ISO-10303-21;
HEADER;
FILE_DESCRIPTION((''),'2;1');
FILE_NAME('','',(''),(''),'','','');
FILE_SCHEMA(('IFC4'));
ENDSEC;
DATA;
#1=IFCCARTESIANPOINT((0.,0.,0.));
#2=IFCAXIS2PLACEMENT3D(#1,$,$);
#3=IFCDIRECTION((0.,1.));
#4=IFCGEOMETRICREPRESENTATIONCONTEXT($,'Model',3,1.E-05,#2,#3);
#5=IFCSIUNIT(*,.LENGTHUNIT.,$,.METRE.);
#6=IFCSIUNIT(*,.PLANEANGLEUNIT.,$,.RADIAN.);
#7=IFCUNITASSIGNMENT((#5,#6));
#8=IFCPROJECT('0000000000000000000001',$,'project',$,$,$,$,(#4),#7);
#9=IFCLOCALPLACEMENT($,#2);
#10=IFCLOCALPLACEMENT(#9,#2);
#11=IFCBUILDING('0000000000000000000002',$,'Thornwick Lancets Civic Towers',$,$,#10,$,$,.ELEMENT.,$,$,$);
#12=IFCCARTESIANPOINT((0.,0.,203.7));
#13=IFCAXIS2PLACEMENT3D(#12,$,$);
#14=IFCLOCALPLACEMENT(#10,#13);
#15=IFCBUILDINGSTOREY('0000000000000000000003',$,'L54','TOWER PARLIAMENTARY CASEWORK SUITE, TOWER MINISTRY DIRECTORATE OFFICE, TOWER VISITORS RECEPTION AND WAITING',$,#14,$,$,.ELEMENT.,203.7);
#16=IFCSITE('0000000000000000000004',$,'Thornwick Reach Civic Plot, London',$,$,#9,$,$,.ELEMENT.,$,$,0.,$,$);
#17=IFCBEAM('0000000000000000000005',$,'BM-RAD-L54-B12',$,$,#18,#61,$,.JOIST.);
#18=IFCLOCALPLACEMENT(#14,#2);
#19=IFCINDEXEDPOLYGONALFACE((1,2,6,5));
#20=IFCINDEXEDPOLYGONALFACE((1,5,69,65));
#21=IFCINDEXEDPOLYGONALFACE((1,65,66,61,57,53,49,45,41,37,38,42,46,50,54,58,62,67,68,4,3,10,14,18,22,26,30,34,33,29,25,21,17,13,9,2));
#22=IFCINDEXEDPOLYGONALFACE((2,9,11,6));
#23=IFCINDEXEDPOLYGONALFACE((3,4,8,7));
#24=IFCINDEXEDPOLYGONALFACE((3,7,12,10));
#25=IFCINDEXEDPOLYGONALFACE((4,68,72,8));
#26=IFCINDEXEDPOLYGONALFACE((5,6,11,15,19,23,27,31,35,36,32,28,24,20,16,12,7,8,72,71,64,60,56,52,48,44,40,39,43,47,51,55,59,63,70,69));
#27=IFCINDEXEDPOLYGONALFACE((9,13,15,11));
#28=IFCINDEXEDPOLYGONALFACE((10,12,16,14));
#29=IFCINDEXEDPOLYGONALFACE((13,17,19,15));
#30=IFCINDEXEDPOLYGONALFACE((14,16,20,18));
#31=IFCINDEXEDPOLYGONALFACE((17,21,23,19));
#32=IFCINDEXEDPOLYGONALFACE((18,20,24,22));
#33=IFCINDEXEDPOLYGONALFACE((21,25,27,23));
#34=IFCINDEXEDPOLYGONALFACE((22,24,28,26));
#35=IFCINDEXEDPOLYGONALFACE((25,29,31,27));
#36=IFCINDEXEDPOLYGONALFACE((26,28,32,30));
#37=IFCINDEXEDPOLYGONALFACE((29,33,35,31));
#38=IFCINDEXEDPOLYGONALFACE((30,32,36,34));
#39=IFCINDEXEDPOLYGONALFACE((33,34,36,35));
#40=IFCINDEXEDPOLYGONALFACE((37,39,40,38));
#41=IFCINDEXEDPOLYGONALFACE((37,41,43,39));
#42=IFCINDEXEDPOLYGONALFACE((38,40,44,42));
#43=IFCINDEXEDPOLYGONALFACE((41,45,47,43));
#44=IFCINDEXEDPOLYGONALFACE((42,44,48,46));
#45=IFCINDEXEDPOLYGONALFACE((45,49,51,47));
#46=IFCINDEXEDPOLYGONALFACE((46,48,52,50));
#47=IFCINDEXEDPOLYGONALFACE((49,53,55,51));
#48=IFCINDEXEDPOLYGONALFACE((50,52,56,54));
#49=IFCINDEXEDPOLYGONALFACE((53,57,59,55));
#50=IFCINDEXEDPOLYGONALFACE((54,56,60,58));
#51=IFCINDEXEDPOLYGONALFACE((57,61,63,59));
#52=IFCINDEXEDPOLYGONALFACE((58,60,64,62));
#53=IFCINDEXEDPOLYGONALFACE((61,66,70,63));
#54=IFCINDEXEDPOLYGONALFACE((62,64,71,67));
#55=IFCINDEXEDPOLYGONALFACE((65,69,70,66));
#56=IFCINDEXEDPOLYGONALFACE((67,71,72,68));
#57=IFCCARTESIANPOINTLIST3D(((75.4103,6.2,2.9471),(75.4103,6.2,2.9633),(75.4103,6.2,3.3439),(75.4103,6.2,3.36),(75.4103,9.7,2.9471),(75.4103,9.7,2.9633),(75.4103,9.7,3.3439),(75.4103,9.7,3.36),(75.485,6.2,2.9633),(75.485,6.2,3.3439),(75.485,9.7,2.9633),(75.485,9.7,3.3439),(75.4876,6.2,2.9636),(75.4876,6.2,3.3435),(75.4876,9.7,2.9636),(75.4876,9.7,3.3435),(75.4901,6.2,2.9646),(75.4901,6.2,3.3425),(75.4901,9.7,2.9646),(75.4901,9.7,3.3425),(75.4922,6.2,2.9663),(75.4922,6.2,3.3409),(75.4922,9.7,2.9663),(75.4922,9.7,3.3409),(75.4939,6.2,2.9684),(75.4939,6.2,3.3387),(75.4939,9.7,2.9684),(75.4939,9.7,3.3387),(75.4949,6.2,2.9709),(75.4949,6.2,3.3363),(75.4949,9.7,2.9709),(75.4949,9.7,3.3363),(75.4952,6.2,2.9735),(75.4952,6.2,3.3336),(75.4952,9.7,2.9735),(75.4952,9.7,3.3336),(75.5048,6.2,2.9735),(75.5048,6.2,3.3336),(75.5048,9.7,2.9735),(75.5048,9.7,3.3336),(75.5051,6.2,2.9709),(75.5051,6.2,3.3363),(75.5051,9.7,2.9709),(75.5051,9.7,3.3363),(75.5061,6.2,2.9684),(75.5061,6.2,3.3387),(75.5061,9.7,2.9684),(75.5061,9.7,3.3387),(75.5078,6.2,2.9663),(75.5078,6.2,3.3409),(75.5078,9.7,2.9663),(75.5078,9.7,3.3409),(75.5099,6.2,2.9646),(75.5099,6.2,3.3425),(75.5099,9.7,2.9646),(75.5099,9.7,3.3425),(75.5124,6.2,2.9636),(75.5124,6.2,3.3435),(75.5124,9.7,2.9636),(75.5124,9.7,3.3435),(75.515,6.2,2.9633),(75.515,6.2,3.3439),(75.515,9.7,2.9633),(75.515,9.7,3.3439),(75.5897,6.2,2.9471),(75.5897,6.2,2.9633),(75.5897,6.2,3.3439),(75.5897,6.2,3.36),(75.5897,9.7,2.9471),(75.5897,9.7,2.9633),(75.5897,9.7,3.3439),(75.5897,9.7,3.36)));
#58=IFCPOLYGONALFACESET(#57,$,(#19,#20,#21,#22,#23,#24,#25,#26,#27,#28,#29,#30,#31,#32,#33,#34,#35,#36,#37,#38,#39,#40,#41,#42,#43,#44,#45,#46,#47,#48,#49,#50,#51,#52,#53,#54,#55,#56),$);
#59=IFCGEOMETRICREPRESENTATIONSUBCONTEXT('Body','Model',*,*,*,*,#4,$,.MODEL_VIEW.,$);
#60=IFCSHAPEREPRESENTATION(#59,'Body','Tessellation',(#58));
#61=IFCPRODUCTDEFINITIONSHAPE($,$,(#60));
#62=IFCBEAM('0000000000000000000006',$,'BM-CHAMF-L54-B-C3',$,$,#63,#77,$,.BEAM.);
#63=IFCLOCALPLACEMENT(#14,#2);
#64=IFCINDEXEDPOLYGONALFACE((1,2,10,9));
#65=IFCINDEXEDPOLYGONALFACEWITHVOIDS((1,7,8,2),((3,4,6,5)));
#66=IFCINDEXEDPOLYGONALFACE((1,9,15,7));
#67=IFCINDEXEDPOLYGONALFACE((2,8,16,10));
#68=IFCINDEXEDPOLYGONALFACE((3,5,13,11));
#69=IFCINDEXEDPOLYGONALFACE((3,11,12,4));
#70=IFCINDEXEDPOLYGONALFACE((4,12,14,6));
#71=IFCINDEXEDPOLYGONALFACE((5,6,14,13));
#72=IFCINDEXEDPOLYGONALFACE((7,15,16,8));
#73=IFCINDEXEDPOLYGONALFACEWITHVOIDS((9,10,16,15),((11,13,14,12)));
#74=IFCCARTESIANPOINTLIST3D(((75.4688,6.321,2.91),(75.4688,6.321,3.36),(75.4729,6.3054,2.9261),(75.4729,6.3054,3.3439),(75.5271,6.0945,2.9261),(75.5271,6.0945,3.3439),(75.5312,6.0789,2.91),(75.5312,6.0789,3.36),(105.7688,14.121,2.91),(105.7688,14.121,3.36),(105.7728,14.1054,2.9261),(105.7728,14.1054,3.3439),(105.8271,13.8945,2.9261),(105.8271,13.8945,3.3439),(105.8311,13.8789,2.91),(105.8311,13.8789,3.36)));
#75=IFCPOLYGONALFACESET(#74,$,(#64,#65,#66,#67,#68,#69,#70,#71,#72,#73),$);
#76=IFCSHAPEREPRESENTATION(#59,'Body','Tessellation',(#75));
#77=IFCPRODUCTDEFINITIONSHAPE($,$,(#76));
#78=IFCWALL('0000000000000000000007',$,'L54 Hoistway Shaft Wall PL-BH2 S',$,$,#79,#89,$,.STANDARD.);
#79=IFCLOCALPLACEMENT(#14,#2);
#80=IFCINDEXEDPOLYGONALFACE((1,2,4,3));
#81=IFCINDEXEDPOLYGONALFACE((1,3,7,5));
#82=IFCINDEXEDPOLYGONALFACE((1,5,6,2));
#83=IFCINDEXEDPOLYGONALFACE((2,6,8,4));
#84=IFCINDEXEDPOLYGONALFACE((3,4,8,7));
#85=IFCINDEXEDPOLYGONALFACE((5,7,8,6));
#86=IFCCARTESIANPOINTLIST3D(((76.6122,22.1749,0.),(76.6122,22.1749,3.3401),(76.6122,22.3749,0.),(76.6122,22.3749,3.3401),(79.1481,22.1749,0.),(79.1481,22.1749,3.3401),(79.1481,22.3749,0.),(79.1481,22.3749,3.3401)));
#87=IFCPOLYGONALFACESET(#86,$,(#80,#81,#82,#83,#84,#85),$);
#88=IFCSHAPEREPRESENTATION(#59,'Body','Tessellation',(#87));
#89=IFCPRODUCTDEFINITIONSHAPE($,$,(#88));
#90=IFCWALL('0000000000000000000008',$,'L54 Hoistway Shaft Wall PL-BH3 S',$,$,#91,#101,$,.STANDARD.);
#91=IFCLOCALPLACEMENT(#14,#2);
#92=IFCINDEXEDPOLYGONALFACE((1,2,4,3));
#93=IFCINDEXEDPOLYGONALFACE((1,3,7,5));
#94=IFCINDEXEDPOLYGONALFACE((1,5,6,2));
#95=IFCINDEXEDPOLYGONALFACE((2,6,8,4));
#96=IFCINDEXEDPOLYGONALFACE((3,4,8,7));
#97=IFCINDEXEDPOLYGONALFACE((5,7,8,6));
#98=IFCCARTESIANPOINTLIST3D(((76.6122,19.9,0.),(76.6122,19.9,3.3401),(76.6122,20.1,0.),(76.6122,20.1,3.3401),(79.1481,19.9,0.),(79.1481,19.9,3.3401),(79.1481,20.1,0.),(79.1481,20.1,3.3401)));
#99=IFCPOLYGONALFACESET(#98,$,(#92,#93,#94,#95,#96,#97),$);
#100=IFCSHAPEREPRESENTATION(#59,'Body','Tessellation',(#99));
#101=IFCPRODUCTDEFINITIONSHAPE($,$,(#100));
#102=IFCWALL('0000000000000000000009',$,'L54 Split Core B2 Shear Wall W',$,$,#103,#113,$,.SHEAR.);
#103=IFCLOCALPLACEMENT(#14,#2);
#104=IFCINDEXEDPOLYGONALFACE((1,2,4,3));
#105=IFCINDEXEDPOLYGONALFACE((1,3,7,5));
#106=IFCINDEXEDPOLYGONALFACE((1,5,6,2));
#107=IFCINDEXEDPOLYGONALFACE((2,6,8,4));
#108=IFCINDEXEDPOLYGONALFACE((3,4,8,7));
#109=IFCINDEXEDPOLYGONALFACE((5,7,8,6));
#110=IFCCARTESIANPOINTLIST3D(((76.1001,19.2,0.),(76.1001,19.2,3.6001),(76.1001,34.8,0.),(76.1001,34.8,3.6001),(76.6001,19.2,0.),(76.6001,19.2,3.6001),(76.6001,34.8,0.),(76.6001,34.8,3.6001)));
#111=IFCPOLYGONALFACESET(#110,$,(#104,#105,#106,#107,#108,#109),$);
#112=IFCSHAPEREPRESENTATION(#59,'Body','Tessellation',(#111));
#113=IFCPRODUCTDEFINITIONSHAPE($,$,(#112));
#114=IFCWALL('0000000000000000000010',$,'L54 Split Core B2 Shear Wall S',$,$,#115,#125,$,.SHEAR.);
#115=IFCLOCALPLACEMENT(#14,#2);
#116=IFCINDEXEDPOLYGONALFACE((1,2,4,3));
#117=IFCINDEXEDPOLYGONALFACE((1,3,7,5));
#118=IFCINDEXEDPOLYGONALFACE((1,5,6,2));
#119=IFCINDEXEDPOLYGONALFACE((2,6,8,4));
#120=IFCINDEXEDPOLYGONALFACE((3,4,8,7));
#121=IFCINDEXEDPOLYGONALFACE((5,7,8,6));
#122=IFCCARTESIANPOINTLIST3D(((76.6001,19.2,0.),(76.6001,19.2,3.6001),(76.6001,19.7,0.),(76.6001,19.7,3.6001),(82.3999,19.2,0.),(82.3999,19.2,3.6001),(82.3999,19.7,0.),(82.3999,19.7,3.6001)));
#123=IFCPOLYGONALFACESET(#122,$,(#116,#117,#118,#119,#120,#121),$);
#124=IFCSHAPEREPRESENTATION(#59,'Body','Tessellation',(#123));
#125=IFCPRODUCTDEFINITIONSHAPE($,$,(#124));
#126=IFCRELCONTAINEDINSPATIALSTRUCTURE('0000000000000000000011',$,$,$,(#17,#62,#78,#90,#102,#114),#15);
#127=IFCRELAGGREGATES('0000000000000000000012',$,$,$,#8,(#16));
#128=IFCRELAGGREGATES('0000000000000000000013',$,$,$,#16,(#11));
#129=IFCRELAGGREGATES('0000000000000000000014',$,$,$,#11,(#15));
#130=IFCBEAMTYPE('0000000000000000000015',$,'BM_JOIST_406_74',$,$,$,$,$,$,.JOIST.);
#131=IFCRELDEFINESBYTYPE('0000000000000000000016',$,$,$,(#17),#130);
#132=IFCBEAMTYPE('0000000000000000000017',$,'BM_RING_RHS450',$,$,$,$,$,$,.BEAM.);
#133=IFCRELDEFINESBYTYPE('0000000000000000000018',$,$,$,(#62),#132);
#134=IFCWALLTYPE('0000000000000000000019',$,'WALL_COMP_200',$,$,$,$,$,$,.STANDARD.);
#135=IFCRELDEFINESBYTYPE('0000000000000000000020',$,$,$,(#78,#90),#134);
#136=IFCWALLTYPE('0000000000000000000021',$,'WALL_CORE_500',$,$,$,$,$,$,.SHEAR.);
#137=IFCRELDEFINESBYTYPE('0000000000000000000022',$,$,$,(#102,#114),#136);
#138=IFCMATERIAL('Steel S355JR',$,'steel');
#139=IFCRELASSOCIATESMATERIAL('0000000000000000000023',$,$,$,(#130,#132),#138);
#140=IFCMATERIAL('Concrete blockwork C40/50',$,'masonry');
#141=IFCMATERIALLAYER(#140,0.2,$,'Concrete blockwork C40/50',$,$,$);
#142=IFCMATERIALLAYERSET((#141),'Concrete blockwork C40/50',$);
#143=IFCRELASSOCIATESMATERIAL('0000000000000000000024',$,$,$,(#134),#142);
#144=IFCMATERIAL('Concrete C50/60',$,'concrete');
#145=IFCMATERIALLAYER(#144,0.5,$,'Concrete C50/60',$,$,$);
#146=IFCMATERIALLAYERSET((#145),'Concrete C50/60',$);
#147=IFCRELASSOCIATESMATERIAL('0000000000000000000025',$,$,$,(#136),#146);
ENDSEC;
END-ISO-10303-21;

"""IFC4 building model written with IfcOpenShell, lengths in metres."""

from ifc_helpers import new_model, si_unit, direction, frame, frame_2d, origin, origin_2d, place, context, subcontext, project, spatial, rectangle, hollow_rectangle, i_section, extrude, material, layer, layer_set, material_profile, profile_set, type_object, element, save


model = new_model("IFC4")

# Units and contexts
model_context = context("Model", 3, precision=1e-05, world=origin(), true_north=direction((0.0, 1.0)))
body_context = subcontext(model_context, "Body", "Model", "MODEL_VIEW")
ifc_project = project(units=[si_unit("LENGTHUNIT", "METRE"), si_unit("PLANEANGLEUNIT", "RADIAN")], contexts=[model_context])

# Site, building, storey
site_placement = place(None, origin())
site = spatial("IfcSite", under=ifc_project, at=site_placement, Name="Thornwick Reach Civic Plot, London", CompositionType="ELEMENT", RefElevation=0.0)
building_placement = place(site_placement, origin())
building = spatial("IfcBuilding", under=site, at=building_placement, Name="Thornwick Lancets Civic Towers", CompositionType="ELEMENT")
storey_placement = place(building_placement, frame((0.0, 0.0, 203.7)))
storey = spatial("IfcBuildingStorey", under=building, at=storey_placement, Name="L54", Description="TOWER PARLIAMENTARY CASEWORK SUITE, TOWER MINISTRY DIRECTORATE OFFICE, TOWER VISITORS RECEPTION AND WAITING", CompositionType="ELEMENT", Elevation=203.7)

# Shared definitions
ifc_material_1 = material(Name="Concrete C50/60", Category="concrete")
ifc_material_2 = material(Name="Steel S355JR", Category="steel")

# Beams
ifc_material_profile_1 = material_profile(ifc_material_2, i_section(OverallWidth=0.1794, OverallDepth=0.4128, WebThickness=0.0095, FlangeThickness=0.0161, FilletRadius=0.0103, at=origin_2d()), Name="UKB 406x178x74")
ifc_profile_set_1 = profile_set([ifc_material_profile_1], Name="Steel S355JR")
beam_type_1 = type_object("IfcBeamType", Name="BM_JOIST_406_74", PredefinedType="JOIST", material=ifc_profile_set_1)
for number, where, z_axis, x_axis, name in (
    (1, (75.5, 9.7, 3.1536), (0.0, -1.0, 0.0), (1.0, 0.0, 0.0), "BM-RAD-L54-B12"),
):
    element("IfcBeam", number, at=place(storey_placement, frame(where, z_axis=z_axis, x_axis=x_axis)), inside=storey, type_object=beam_type_1, Name=name, PredefinedType="JOIST", context=body_context, shape_type="SweptSolid", body=[
        extrude(i_section(OverallWidth=0.1794, OverallDepth=0.4128, WebThickness=0.0095, FlangeThickness=0.0161, FilletRadius=0.0103, at=origin_2d()), origin(), (0.0, 0.0, 1.0), 3.5),
    ])
ifc_material_profile_2 = material_profile(ifc_material_2, hollow_rectangle(XDim=0.25, YDim=0.45, WallThickness=0.0161, at=origin_2d()), Name="RHS 450x250x16")
ifc_profile_set_2 = profile_set([ifc_material_profile_2], Name="Steel S355JR")
beam_type_2 = type_object("IfcBeamType", Name="BM_RING_RHS450", PredefinedType="BEAM", material=ifc_profile_set_2)
beam_1_placement = place(storey_placement, frame((75.5, 6.2, 3.135), z_axis=(0.968427, 0.249299, 0.0), x_axis=(-0.249299, 0.968427, 0.0)))
element("IfcBeam", 2, at=beam_1_placement, inside=storey, type_object=beam_type_2, Name="BM-CHAMF-L54-B-C3", PredefinedType="BEAM", context=body_context, shape_type="SweptSolid", body=[
    extrude(hollow_rectangle(XDim=0.25, YDim=0.45, WallThickness=0.0161, at=origin_2d()), origin(), (0.0, 0.0, 1.0), 31.2878),
])

# Walls
ifc_material_3 = material(Name="Concrete blockwork C40/50", Category="masonry")
ifc_layer_1 = layer(ifc_material_3, 0.2, Name="Concrete blockwork C40/50")
ifc_layer_set_1 = layer_set([ifc_layer_1], Name="Concrete blockwork C40/50")
wall_type_1 = type_object("IfcWallType", Name="WALL_COMP_200", PredefinedType="STANDARD", material=ifc_layer_set_1)
for number, where, z_axis, x_axis, name in (
    (3, (76.6121, 22.2749, 0.0), (0.0, 0.0, 1.0), (1.0, 0.0, 0.0), "L54 Hoistway Shaft Wall PL-BH2 S"),
    (4, (76.6121, 20.0, 0.0), (0.0, 0.0, 1.0), (1.0, 0.0, 0.0), "L54 Hoistway Shaft Wall PL-BH3 S"),
):
    element("IfcWall", number, at=place(storey_placement, frame(where, z_axis=z_axis, x_axis=x_axis)), inside=storey, type_object=wall_type_1, Name=name, PredefinedType="STANDARD", context=body_context, shape_type="SweptSolid", body=[
        extrude(rectangle(XDim=2.5359, YDim=0.2, at=frame_2d((1.2681, 0.0))), origin(), (0.0, 0.0, 1.0), 3.3401),
    ])
ifc_layer_2 = layer(ifc_material_1, 0.5, Name="Concrete C50/60")
ifc_layer_set_2 = layer_set([ifc_layer_2], Name="Concrete C50/60")
wall_type_2 = type_object("IfcWallType", Name="WALL_CORE_500", PredefinedType="SHEAR", material=ifc_layer_set_2)
wall_1_placement = place(storey_placement, frame((76.3501, 19.2, 0.0), z_axis=(0.0, 0.0, 1.0), x_axis=(0.0, 1.0, 0.0)))
element("IfcWall", 5, at=wall_1_placement, inside=storey, type_object=wall_type_2, Name="L54 Split Core B2 Shear Wall W", PredefinedType="SHEAR", context=body_context, shape_type="SweptSolid", body=[
    extrude(rectangle(XDim=15.6001, YDim=0.5, at=frame_2d((7.8, 0.0))), origin(), (0.0, 0.0, 1.0), 3.6001),
])
wall_2_placement = place(storey_placement, frame((76.6001, 19.45, 0.0), z_axis=(0.0, 0.0, 1.0), x_axis=(1.0, 0.0, 0.0)))
element("IfcWall", 6, at=wall_2_placement, inside=storey, type_object=wall_type_2, Name="L54 Split Core B2 Shear Wall S", PredefinedType="SHEAR", context=body_context, shape_type="SweptSolid", body=[
    extrude(rectangle(XDim=5.7998, YDim=0.5, at=frame_2d((2.8999, 0.0))), origin(), (0.0, 0.0, 1.0), 3.6001),
])

save(model, "model.ifc")
